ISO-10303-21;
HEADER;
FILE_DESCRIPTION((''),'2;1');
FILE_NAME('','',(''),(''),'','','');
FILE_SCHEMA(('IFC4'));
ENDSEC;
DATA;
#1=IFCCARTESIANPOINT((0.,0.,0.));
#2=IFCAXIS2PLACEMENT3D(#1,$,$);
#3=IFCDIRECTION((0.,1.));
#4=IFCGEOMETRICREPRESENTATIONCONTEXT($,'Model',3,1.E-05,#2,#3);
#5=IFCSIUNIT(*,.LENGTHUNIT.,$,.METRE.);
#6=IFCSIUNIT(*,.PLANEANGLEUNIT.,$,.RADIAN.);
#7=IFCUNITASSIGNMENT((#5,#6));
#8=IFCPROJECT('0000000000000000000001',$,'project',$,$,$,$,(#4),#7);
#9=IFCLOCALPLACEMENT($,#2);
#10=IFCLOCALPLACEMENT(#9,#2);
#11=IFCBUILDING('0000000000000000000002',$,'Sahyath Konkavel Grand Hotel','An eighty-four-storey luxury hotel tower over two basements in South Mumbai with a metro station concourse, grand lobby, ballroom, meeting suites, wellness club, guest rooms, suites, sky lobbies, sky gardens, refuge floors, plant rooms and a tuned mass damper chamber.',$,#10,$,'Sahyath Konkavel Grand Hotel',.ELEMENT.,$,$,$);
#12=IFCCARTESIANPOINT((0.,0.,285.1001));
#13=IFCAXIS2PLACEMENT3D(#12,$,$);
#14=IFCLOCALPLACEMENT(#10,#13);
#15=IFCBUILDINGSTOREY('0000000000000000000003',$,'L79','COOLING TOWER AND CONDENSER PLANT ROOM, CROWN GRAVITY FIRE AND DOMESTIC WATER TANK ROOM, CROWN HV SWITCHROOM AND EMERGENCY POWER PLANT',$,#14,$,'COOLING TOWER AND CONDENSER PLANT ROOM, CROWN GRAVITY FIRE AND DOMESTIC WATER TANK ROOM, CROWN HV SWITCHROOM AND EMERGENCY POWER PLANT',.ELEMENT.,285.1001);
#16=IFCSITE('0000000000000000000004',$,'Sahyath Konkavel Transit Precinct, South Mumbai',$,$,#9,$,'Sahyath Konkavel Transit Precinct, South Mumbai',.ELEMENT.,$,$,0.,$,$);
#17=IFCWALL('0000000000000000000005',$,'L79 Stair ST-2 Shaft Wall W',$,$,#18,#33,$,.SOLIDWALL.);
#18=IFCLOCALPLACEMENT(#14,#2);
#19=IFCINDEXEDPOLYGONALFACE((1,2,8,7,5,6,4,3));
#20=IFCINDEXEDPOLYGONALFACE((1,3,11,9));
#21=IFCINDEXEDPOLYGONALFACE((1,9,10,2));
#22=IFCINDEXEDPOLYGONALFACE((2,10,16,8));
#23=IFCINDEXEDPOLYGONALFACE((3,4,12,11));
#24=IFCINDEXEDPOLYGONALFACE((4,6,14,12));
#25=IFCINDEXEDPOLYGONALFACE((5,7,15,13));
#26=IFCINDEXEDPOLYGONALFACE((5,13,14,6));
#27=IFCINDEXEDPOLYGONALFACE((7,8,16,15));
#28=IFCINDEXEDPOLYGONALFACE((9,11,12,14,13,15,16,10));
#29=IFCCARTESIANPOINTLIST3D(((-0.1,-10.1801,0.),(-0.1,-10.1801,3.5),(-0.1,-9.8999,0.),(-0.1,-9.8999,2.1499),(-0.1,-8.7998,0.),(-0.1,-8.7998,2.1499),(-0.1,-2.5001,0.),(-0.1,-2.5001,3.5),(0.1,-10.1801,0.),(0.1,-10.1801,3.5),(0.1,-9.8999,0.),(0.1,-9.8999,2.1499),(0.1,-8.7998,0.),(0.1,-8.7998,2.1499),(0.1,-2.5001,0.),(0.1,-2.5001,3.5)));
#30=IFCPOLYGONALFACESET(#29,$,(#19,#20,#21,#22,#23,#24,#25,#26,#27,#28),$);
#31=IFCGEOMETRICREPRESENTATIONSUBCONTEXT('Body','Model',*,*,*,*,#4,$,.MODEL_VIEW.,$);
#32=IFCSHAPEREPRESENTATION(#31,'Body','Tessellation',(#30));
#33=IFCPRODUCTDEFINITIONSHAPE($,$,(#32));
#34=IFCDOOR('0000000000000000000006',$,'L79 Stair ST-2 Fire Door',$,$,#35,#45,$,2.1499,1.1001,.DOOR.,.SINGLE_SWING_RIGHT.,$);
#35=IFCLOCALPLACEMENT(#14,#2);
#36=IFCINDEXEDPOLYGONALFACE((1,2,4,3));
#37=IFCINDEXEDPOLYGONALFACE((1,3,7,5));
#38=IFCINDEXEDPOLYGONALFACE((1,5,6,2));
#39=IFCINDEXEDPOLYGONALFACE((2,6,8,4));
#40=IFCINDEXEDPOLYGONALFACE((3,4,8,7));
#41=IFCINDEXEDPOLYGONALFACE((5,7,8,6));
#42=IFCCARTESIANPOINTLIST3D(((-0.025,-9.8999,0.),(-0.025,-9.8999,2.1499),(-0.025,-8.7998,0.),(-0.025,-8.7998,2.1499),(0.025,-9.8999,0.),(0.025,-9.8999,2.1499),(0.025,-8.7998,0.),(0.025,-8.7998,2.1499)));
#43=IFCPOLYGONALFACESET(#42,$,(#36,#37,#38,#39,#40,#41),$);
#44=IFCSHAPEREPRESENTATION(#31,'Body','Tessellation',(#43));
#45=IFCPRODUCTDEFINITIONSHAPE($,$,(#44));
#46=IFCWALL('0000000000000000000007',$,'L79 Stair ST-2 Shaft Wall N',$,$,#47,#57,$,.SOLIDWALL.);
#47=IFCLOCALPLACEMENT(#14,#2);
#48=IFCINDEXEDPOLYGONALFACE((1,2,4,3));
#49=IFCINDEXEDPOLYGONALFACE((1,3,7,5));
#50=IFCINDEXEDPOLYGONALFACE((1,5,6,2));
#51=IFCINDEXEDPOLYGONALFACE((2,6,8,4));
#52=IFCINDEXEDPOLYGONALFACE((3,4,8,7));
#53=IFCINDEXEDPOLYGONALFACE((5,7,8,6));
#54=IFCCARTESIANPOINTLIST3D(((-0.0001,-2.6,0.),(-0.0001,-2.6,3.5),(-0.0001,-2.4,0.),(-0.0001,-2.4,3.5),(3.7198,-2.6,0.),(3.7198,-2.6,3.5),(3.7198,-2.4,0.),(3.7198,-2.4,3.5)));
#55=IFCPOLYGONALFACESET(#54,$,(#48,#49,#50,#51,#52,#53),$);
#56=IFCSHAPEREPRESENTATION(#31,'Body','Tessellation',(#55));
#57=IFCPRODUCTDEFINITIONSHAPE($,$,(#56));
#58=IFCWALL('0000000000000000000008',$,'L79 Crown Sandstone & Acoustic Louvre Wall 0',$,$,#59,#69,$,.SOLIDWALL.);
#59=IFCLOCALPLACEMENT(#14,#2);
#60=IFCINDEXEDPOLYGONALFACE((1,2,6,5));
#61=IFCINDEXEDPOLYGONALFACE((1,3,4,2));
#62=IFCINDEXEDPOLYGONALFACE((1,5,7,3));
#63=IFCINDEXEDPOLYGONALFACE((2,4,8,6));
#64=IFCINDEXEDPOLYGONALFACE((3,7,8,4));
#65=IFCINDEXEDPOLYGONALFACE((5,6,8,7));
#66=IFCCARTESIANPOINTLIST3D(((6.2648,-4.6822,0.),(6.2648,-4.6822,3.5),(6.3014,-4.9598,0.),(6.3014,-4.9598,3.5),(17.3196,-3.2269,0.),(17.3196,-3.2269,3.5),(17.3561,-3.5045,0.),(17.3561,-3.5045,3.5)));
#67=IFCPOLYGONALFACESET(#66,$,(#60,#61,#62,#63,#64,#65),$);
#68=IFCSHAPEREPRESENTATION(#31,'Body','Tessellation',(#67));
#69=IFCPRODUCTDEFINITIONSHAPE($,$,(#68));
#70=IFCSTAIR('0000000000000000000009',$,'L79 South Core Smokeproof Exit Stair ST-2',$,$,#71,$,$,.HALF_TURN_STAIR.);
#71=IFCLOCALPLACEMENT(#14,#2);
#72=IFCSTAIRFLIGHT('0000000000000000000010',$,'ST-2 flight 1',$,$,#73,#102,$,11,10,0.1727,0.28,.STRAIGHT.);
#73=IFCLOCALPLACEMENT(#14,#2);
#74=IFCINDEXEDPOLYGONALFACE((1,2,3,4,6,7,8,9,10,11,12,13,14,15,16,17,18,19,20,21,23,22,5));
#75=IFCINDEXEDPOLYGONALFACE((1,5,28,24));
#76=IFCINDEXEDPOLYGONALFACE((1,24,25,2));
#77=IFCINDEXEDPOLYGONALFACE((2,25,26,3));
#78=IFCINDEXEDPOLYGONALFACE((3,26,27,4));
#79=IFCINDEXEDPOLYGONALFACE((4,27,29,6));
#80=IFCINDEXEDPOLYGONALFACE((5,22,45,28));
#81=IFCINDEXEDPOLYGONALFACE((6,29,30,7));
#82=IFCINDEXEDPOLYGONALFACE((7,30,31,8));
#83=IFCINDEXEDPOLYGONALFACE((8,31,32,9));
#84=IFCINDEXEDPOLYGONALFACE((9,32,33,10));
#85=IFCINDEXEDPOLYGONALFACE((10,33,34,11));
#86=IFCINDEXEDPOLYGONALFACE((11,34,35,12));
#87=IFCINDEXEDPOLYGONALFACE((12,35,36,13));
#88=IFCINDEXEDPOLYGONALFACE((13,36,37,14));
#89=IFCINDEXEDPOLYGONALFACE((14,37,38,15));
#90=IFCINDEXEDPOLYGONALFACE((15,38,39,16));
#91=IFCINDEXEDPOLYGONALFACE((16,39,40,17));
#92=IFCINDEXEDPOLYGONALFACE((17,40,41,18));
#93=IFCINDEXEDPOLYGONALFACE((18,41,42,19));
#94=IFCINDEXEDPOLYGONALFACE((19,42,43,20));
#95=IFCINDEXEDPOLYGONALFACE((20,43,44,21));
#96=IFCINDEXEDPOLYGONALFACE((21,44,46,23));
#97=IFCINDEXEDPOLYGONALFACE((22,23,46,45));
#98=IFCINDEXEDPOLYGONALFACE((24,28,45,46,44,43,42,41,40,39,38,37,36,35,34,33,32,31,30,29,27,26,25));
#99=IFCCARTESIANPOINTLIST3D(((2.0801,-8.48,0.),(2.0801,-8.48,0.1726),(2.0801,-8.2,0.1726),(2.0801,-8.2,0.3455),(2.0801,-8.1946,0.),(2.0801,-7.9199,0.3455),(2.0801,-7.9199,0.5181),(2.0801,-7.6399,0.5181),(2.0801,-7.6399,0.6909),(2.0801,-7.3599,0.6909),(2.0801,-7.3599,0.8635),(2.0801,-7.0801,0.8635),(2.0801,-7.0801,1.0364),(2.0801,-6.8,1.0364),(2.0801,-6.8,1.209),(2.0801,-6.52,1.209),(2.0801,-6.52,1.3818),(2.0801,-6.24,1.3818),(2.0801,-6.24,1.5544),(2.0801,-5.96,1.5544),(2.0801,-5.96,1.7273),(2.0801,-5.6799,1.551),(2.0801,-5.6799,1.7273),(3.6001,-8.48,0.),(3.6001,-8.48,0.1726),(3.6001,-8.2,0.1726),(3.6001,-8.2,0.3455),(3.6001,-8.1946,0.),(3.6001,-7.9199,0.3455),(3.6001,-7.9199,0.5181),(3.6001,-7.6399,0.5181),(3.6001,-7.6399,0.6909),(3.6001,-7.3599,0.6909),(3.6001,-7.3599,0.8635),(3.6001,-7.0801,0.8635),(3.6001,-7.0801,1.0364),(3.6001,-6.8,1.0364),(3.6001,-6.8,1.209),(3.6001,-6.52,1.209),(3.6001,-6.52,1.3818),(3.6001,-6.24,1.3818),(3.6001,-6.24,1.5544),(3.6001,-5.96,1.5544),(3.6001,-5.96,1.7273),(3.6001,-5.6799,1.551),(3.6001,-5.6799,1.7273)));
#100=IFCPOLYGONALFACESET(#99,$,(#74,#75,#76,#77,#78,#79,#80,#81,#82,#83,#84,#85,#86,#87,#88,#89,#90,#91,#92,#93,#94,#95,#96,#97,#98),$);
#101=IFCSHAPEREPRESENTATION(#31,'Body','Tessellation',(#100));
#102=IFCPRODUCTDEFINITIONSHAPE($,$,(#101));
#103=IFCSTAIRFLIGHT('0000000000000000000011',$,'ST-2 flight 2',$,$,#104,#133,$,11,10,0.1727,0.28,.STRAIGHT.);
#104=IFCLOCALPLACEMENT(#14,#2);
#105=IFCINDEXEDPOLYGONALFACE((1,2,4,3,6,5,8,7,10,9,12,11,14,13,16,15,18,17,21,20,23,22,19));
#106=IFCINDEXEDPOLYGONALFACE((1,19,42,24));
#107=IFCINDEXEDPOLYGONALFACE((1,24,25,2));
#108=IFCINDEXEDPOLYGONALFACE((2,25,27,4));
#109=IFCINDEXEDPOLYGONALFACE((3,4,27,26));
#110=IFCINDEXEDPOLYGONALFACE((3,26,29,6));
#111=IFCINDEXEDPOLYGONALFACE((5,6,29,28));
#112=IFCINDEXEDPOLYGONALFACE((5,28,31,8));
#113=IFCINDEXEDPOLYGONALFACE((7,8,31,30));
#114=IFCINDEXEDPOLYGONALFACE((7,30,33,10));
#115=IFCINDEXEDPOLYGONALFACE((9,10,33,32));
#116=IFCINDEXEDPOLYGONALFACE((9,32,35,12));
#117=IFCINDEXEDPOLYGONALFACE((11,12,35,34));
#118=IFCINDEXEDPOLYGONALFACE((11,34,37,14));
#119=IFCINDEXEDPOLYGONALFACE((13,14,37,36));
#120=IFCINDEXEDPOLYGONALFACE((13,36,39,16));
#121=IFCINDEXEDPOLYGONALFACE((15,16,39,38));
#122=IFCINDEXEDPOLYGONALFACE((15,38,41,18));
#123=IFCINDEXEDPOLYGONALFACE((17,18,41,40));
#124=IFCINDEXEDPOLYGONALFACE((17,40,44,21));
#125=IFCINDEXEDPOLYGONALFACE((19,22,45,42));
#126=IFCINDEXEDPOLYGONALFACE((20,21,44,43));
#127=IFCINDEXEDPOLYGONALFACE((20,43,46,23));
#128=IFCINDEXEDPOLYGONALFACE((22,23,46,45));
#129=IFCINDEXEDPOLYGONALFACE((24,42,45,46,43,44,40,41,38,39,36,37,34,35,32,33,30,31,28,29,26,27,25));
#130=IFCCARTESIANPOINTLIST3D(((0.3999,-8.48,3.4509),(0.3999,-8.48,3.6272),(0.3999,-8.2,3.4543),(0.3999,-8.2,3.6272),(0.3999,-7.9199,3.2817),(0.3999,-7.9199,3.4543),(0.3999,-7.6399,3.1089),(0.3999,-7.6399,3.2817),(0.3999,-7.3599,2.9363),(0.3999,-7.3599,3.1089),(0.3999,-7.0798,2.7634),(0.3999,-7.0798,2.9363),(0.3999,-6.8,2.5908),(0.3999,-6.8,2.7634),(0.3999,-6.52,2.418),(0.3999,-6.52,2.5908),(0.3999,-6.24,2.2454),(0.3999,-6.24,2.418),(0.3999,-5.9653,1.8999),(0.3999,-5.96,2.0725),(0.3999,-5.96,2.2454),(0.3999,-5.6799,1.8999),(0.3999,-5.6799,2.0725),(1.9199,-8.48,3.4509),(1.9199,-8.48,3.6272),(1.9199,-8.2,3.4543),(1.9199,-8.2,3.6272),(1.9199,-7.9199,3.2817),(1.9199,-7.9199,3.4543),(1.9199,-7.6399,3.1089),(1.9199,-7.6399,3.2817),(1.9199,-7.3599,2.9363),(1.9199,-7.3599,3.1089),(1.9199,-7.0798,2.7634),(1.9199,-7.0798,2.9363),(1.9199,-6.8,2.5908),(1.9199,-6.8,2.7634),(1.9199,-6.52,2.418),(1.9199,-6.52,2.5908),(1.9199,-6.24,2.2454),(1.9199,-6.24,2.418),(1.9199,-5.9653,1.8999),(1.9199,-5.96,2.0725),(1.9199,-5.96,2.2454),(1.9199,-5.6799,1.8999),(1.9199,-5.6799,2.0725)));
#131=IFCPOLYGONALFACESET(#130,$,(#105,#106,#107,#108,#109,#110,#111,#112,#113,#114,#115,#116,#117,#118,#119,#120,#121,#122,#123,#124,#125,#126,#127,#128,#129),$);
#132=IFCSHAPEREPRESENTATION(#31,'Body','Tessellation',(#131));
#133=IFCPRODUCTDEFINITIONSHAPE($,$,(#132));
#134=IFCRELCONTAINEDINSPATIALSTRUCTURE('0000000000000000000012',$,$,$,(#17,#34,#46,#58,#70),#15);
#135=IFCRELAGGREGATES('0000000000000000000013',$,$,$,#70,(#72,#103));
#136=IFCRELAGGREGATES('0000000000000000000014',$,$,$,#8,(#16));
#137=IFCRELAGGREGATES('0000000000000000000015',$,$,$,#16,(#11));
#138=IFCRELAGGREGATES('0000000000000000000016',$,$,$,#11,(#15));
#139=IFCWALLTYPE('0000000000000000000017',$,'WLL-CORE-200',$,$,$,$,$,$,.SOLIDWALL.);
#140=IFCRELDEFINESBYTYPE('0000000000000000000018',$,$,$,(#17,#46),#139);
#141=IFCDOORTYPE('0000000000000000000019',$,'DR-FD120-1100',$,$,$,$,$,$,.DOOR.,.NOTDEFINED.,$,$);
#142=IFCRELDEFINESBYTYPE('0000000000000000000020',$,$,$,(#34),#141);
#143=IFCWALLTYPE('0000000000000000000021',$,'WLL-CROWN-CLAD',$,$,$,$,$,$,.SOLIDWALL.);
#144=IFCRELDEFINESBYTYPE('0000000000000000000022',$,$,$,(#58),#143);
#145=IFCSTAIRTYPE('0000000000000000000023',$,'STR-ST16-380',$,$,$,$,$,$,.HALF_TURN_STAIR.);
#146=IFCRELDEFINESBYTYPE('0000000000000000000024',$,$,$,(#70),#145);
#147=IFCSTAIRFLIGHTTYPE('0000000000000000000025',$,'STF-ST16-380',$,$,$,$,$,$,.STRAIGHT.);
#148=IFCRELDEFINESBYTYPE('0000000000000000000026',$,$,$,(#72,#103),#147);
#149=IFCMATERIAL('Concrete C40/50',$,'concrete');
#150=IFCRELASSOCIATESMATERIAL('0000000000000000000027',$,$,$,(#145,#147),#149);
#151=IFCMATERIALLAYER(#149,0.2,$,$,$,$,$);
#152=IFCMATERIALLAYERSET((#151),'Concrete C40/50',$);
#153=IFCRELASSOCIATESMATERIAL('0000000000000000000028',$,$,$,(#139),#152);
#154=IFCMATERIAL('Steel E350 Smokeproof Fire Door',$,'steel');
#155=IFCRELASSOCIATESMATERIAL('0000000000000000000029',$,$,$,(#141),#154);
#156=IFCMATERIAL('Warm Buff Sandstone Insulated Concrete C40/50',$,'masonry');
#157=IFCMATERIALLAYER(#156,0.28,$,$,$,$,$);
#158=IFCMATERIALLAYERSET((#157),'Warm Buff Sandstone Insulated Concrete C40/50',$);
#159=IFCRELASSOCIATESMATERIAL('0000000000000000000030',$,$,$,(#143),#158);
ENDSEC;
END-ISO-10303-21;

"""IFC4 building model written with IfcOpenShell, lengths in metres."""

from ifc_helpers import new_model, si_unit, direction, frame, frame_2d, origin, origin_2d, place, context, subcontext, project, spatial, polyline, rectangle, outline, extrude, source, transform, mapped, material, layer, layer_set, type_object, element, fill, aggregate, save


model = new_model("IFC4")

# Units and contexts
model_context = context("Model", 3, precision=1e-05, world=origin(), true_north=direction((0.0, 1.0)))
body_context = subcontext(model_context, "Body", "Model", "MODEL_VIEW")
ifc_project = project(units=[si_unit("LENGTHUNIT", "METRE"), si_unit("PLANEANGLEUNIT", "RADIAN")], contexts=[model_context])

# Site, building, storey
site_placement = place(None, origin())
site = spatial("IfcSite", under=ifc_project, at=site_placement, Name="Sahyath Konkavel Transit Precinct, South Mumbai", LongName="Sahyath Konkavel Transit Precinct, South Mumbai", CompositionType="ELEMENT", RefElevation=0.0)
building_placement = place(site_placement, origin())
building = spatial("IfcBuilding", under=site, at=building_placement, Name="Sahyath Konkavel Grand Hotel", Description="An eighty-four-storey luxury hotel tower over two basements in South Mumbai with a metro station concourse, grand lobby, ballroom, meeting suites, wellness club, guest rooms, suites, sky lobbies, sky gardens, refuge floors, plant rooms and a tuned mass damper chamber.", LongName="Sahyath Konkavel Grand Hotel", CompositionType="ELEMENT")
storey_placement = place(building_placement, frame((0.0, 0.0, 285.1001)))
storey = spatial("IfcBuildingStorey", under=building, at=storey_placement, Name="L79", Description="COOLING TOWER AND CONDENSER PLANT ROOM, CROWN GRAVITY FIRE AND DOMESTIC WATER TANK ROOM, CROWN HV SWITCHROOM AND EMERGENCY POWER PLANT", LongName="COOLING TOWER AND CONDENSER PLANT ROOM, CROWN GRAVITY FIRE AND DOMESTIC WATER TANK ROOM, CROWN HV SWITCHROOM AND EMERGENCY POWER PLANT", CompositionType="ELEMENT", Elevation=285.1001)

# Shared definitions
ifc_material_1 = material(Name="Concrete C40/50", Category="concrete")

# Shared definitions
stair_type = type_object("IfcStairType", Name="STR-ST16-380", PredefinedType="HALF_TURN_STAIR", material=ifc_material_1)

# Wall, opening, door
ifc_layer_1 = layer(ifc_material_1, 0.2)
ifc_layer_set_1 = layer_set([ifc_layer_1], Name="Concrete C40/50")
wall_type_1 = type_object("IfcWallType", Name="WLL-CORE-200", PredefinedType="SOLIDWALL", material=ifc_layer_set_1)
wall_1_placement = place(storey_placement, frame((0.0, -10.1799, 0.0), z_axis=(0.0, 0.0, 1.0), x_axis=(0.0, 1.0, 0.0)))
wall_1 = element("IfcWall", 1, at=wall_1_placement, inside=storey, type_object=wall_type_1, Name="L79 Stair ST-2 Shaft Wall W", PredefinedType="SOLIDWALL", context=body_context, shape_type="SweptSolid", body=[
    extrude(rectangle(XDim=7.6799, YDim=0.2, at=frame_2d((3.8398, 0.0))), origin(), (0.0, 0.0, 1.0), 3.5),
])
opening_placement = place(wall_1_placement, frame((0.28, 0.0, 0.0)))
opening = element("IfcOpeningElement", 2, at=opening_placement, cuts=wall_1, PredefinedType="OPENING", context=body_context, shape_type="SweptSolid", body=[
    extrude(rectangle(XDim=1.1001, YDim=2.1499, at=frame_2d((0.55, 1.075))), frame((0.0, 0.1099, 0.0), z_axis=(0.0, -1.0, 0.0), x_axis=(1.0, 0.0, 0.0)), (0.0, 0.0, 1.0), 0.22),
])
ifc_material_2 = material(Name="Steel E350 Smokeproof Fire Door", Category="steel")
door_type = type_object("IfcDoorType", Name="DR-FD120-1100", OperationType="NOTDEFINED", PredefinedType="DOOR", material=ifc_material_2)
shared_shape_1 = source(origin(), body_context, "Body", "SweptSolid", [
    extrude(rectangle(XDim=1.1001, YDim=0.05, at=origin_2d()), origin(), (0.0, 0.0, 1.0), 2.1499),
])
door_placement = place(opening_placement, frame((0.55, 0.0, 0.0)))
door = element("IfcDoor", 3, at=door_placement, inside=storey, type_object=door_type, Name="L79 Stair ST-2 Fire Door", OperationType="SINGLE_SWING_RIGHT", OverallHeight=2.1499, OverallWidth=1.1001, PredefinedType="DOOR", context=body_context, shape_type="MappedRepresentation", body=[
    mapped(shared_shape_1, transform((0.0, 0.0, 0.0), scale=1.0)),
])
fill(opening, door)

# Walls
wall_2_placement = place(storey_placement, frame((0.0, -2.5, 0.0), z_axis=(0.0, 0.0, 1.0), x_axis=(1.0, 0.0, 0.0)))
element("IfcWall", 4, at=wall_2_placement, inside=storey, type_object=wall_type_1, Name="L79 Stair ST-2 Shaft Wall N", PredefinedType="SOLIDWALL", context=body_context, shape_type="SweptSolid", body=[
    extrude(rectangle(XDim=3.72, YDim=0.2, at=frame_2d((1.8599, 0.0))), origin(), (0.0, 0.0, 1.0), 3.5),
])
ifc_material_3 = material(Name="Warm Buff Sandstone Insulated Concrete C40/50", Category="masonry")
ifc_layer_2 = layer(ifc_material_3, 0.28)
ifc_layer_set_2 = layer_set([ifc_layer_2], Name="Warm Buff Sandstone Insulated Concrete C40/50")
wall_type_2 = type_object("IfcWallType", Name="WLL-CROWN-CLAD", PredefinedType="SOLIDWALL", material=ifc_layer_set_2)
wall_3_placement = place(storey_placement, frame((6.283, -4.821, 0.0), z_axis=(0.0, 0.0, 1.0), x_axis=(0.991445, 0.130521, 0.0)))
element("IfcWall", 5, at=wall_3_placement, inside=storey, type_object=wall_type_2, Name="L79 Crown Sandstone & Acoustic Louvre Wall 0", PredefinedType="SOLIDWALL", context=body_context, shape_type="SweptSolid", body=[
    extrude(rectangle(XDim=11.1501, YDim=0.28, at=frame_2d((5.5752, 0.0))), origin(), (0.0, 0.0, 1.0), 3.5),
])

# Stair, stair flights
stair_1_placement = place(storey_placement, origin())
stair_1 = element("IfcStair", 6, at=stair_1_placement, inside=storey, type_object=stair_type, Name="L79 South Core Smokeproof Exit Stair ST-2", PredefinedType="HALF_TURN_STAIR")
stair_flight_type = type_object("IfcStairFlightType", Name="STF-ST16-380", PredefinedType="STRAIGHT", material=ifc_material_1)
stair_flight_1_placement = place(storey_placement, frame((2.8401, -8.48, 0.0), z_axis=(0.0, 0.0, 1.0), x_axis=(0.0, 1.0, 0.0)))
stair_flight_1 = element("IfcStairFlight", 7, at=stair_flight_1_placement, type_object=stair_flight_type, Name="ST-2 flight 1", NumberOfRisers=11, NumberOfTreads=10, PredefinedType="STRAIGHT", RiserHeight=0.1727, TreadLength=0.28, context=body_context, shape_type="SweptSolid", body=[
    extrude(outline(polyline([(0.0, 0.0), (0.0, 0.1726), (0.28, 0.1726), (0.28, 0.3455), (0.5601, 0.3455), (0.5601, 0.5181), (0.8401, 0.5181), (0.8401, 0.6909), (1.1201, 0.6909), (1.1201, 0.8635), (1.3999, 0.8635), (1.3999, 1.0364), (1.6799, 1.0364), (1.6799, 1.209), (1.96, 1.209), (1.96, 1.3818), (2.24, 1.3818), (2.24, 1.5544), (2.52, 1.5544), (2.52, 1.7273), (2.8, 1.7273), (2.8, 1.8999), (2.8, 1.551), (0.2854, 0.0), (0.0, 0.0)])), frame((0.0, 0.76, 0.0), z_axis=(0.0, -1.0, 0.0), x_axis=(1.0, 0.0, 0.0)), (0.0, 0.0, 1.0), 1.52),
])
stair_flight_2_placement = place(storey_placement, frame((1.1599, -5.6799, 1.8999), z_axis=(0.0, 0.0, 1.0), x_axis=(0.0, -1.0, 0.0)))
stair_flight_2 = element("IfcStairFlight", 8, at=stair_flight_2_placement, type_object=stair_flight_type, Name="ST-2 flight 2", NumberOfRisers=11, NumberOfTreads=10, PredefinedType="STRAIGHT", RiserHeight=0.1727, TreadLength=0.28, context=body_context, shape_type="SweptSolid", body=[
    extrude(outline(polyline([(0.0, 0.0), (0.0, 0.1726), (0.28, 0.1726), (0.28, 0.3455), (0.5601, 0.3455), (0.5601, 0.5181), (0.8401, 0.5181), (0.8401, 0.6909), (1.1201, 0.6909), (1.1201, 0.8635), (1.3999, 0.8635), (1.3999, 1.0364), (1.6799, 1.0364), (1.6799, 1.209), (1.96, 1.209), (1.96, 1.3818), (2.24, 1.3818), (2.24, 1.5544), (2.52, 1.5544), (2.52, 1.7273), (2.8, 1.7273), (2.8, 1.8999), (2.8, 1.551), (0.2854, 0.0), (0.0, 0.0)])), frame((0.0, 0.76, 0.0), z_axis=(0.0, -1.0, 0.0), x_axis=(1.0, 0.0, 0.0)), (0.0, 0.0, 1.0), 1.52),
])
aggregate(stair_1, [stair_flight_1, stair_flight_2])

save(model, "model.ifc")
